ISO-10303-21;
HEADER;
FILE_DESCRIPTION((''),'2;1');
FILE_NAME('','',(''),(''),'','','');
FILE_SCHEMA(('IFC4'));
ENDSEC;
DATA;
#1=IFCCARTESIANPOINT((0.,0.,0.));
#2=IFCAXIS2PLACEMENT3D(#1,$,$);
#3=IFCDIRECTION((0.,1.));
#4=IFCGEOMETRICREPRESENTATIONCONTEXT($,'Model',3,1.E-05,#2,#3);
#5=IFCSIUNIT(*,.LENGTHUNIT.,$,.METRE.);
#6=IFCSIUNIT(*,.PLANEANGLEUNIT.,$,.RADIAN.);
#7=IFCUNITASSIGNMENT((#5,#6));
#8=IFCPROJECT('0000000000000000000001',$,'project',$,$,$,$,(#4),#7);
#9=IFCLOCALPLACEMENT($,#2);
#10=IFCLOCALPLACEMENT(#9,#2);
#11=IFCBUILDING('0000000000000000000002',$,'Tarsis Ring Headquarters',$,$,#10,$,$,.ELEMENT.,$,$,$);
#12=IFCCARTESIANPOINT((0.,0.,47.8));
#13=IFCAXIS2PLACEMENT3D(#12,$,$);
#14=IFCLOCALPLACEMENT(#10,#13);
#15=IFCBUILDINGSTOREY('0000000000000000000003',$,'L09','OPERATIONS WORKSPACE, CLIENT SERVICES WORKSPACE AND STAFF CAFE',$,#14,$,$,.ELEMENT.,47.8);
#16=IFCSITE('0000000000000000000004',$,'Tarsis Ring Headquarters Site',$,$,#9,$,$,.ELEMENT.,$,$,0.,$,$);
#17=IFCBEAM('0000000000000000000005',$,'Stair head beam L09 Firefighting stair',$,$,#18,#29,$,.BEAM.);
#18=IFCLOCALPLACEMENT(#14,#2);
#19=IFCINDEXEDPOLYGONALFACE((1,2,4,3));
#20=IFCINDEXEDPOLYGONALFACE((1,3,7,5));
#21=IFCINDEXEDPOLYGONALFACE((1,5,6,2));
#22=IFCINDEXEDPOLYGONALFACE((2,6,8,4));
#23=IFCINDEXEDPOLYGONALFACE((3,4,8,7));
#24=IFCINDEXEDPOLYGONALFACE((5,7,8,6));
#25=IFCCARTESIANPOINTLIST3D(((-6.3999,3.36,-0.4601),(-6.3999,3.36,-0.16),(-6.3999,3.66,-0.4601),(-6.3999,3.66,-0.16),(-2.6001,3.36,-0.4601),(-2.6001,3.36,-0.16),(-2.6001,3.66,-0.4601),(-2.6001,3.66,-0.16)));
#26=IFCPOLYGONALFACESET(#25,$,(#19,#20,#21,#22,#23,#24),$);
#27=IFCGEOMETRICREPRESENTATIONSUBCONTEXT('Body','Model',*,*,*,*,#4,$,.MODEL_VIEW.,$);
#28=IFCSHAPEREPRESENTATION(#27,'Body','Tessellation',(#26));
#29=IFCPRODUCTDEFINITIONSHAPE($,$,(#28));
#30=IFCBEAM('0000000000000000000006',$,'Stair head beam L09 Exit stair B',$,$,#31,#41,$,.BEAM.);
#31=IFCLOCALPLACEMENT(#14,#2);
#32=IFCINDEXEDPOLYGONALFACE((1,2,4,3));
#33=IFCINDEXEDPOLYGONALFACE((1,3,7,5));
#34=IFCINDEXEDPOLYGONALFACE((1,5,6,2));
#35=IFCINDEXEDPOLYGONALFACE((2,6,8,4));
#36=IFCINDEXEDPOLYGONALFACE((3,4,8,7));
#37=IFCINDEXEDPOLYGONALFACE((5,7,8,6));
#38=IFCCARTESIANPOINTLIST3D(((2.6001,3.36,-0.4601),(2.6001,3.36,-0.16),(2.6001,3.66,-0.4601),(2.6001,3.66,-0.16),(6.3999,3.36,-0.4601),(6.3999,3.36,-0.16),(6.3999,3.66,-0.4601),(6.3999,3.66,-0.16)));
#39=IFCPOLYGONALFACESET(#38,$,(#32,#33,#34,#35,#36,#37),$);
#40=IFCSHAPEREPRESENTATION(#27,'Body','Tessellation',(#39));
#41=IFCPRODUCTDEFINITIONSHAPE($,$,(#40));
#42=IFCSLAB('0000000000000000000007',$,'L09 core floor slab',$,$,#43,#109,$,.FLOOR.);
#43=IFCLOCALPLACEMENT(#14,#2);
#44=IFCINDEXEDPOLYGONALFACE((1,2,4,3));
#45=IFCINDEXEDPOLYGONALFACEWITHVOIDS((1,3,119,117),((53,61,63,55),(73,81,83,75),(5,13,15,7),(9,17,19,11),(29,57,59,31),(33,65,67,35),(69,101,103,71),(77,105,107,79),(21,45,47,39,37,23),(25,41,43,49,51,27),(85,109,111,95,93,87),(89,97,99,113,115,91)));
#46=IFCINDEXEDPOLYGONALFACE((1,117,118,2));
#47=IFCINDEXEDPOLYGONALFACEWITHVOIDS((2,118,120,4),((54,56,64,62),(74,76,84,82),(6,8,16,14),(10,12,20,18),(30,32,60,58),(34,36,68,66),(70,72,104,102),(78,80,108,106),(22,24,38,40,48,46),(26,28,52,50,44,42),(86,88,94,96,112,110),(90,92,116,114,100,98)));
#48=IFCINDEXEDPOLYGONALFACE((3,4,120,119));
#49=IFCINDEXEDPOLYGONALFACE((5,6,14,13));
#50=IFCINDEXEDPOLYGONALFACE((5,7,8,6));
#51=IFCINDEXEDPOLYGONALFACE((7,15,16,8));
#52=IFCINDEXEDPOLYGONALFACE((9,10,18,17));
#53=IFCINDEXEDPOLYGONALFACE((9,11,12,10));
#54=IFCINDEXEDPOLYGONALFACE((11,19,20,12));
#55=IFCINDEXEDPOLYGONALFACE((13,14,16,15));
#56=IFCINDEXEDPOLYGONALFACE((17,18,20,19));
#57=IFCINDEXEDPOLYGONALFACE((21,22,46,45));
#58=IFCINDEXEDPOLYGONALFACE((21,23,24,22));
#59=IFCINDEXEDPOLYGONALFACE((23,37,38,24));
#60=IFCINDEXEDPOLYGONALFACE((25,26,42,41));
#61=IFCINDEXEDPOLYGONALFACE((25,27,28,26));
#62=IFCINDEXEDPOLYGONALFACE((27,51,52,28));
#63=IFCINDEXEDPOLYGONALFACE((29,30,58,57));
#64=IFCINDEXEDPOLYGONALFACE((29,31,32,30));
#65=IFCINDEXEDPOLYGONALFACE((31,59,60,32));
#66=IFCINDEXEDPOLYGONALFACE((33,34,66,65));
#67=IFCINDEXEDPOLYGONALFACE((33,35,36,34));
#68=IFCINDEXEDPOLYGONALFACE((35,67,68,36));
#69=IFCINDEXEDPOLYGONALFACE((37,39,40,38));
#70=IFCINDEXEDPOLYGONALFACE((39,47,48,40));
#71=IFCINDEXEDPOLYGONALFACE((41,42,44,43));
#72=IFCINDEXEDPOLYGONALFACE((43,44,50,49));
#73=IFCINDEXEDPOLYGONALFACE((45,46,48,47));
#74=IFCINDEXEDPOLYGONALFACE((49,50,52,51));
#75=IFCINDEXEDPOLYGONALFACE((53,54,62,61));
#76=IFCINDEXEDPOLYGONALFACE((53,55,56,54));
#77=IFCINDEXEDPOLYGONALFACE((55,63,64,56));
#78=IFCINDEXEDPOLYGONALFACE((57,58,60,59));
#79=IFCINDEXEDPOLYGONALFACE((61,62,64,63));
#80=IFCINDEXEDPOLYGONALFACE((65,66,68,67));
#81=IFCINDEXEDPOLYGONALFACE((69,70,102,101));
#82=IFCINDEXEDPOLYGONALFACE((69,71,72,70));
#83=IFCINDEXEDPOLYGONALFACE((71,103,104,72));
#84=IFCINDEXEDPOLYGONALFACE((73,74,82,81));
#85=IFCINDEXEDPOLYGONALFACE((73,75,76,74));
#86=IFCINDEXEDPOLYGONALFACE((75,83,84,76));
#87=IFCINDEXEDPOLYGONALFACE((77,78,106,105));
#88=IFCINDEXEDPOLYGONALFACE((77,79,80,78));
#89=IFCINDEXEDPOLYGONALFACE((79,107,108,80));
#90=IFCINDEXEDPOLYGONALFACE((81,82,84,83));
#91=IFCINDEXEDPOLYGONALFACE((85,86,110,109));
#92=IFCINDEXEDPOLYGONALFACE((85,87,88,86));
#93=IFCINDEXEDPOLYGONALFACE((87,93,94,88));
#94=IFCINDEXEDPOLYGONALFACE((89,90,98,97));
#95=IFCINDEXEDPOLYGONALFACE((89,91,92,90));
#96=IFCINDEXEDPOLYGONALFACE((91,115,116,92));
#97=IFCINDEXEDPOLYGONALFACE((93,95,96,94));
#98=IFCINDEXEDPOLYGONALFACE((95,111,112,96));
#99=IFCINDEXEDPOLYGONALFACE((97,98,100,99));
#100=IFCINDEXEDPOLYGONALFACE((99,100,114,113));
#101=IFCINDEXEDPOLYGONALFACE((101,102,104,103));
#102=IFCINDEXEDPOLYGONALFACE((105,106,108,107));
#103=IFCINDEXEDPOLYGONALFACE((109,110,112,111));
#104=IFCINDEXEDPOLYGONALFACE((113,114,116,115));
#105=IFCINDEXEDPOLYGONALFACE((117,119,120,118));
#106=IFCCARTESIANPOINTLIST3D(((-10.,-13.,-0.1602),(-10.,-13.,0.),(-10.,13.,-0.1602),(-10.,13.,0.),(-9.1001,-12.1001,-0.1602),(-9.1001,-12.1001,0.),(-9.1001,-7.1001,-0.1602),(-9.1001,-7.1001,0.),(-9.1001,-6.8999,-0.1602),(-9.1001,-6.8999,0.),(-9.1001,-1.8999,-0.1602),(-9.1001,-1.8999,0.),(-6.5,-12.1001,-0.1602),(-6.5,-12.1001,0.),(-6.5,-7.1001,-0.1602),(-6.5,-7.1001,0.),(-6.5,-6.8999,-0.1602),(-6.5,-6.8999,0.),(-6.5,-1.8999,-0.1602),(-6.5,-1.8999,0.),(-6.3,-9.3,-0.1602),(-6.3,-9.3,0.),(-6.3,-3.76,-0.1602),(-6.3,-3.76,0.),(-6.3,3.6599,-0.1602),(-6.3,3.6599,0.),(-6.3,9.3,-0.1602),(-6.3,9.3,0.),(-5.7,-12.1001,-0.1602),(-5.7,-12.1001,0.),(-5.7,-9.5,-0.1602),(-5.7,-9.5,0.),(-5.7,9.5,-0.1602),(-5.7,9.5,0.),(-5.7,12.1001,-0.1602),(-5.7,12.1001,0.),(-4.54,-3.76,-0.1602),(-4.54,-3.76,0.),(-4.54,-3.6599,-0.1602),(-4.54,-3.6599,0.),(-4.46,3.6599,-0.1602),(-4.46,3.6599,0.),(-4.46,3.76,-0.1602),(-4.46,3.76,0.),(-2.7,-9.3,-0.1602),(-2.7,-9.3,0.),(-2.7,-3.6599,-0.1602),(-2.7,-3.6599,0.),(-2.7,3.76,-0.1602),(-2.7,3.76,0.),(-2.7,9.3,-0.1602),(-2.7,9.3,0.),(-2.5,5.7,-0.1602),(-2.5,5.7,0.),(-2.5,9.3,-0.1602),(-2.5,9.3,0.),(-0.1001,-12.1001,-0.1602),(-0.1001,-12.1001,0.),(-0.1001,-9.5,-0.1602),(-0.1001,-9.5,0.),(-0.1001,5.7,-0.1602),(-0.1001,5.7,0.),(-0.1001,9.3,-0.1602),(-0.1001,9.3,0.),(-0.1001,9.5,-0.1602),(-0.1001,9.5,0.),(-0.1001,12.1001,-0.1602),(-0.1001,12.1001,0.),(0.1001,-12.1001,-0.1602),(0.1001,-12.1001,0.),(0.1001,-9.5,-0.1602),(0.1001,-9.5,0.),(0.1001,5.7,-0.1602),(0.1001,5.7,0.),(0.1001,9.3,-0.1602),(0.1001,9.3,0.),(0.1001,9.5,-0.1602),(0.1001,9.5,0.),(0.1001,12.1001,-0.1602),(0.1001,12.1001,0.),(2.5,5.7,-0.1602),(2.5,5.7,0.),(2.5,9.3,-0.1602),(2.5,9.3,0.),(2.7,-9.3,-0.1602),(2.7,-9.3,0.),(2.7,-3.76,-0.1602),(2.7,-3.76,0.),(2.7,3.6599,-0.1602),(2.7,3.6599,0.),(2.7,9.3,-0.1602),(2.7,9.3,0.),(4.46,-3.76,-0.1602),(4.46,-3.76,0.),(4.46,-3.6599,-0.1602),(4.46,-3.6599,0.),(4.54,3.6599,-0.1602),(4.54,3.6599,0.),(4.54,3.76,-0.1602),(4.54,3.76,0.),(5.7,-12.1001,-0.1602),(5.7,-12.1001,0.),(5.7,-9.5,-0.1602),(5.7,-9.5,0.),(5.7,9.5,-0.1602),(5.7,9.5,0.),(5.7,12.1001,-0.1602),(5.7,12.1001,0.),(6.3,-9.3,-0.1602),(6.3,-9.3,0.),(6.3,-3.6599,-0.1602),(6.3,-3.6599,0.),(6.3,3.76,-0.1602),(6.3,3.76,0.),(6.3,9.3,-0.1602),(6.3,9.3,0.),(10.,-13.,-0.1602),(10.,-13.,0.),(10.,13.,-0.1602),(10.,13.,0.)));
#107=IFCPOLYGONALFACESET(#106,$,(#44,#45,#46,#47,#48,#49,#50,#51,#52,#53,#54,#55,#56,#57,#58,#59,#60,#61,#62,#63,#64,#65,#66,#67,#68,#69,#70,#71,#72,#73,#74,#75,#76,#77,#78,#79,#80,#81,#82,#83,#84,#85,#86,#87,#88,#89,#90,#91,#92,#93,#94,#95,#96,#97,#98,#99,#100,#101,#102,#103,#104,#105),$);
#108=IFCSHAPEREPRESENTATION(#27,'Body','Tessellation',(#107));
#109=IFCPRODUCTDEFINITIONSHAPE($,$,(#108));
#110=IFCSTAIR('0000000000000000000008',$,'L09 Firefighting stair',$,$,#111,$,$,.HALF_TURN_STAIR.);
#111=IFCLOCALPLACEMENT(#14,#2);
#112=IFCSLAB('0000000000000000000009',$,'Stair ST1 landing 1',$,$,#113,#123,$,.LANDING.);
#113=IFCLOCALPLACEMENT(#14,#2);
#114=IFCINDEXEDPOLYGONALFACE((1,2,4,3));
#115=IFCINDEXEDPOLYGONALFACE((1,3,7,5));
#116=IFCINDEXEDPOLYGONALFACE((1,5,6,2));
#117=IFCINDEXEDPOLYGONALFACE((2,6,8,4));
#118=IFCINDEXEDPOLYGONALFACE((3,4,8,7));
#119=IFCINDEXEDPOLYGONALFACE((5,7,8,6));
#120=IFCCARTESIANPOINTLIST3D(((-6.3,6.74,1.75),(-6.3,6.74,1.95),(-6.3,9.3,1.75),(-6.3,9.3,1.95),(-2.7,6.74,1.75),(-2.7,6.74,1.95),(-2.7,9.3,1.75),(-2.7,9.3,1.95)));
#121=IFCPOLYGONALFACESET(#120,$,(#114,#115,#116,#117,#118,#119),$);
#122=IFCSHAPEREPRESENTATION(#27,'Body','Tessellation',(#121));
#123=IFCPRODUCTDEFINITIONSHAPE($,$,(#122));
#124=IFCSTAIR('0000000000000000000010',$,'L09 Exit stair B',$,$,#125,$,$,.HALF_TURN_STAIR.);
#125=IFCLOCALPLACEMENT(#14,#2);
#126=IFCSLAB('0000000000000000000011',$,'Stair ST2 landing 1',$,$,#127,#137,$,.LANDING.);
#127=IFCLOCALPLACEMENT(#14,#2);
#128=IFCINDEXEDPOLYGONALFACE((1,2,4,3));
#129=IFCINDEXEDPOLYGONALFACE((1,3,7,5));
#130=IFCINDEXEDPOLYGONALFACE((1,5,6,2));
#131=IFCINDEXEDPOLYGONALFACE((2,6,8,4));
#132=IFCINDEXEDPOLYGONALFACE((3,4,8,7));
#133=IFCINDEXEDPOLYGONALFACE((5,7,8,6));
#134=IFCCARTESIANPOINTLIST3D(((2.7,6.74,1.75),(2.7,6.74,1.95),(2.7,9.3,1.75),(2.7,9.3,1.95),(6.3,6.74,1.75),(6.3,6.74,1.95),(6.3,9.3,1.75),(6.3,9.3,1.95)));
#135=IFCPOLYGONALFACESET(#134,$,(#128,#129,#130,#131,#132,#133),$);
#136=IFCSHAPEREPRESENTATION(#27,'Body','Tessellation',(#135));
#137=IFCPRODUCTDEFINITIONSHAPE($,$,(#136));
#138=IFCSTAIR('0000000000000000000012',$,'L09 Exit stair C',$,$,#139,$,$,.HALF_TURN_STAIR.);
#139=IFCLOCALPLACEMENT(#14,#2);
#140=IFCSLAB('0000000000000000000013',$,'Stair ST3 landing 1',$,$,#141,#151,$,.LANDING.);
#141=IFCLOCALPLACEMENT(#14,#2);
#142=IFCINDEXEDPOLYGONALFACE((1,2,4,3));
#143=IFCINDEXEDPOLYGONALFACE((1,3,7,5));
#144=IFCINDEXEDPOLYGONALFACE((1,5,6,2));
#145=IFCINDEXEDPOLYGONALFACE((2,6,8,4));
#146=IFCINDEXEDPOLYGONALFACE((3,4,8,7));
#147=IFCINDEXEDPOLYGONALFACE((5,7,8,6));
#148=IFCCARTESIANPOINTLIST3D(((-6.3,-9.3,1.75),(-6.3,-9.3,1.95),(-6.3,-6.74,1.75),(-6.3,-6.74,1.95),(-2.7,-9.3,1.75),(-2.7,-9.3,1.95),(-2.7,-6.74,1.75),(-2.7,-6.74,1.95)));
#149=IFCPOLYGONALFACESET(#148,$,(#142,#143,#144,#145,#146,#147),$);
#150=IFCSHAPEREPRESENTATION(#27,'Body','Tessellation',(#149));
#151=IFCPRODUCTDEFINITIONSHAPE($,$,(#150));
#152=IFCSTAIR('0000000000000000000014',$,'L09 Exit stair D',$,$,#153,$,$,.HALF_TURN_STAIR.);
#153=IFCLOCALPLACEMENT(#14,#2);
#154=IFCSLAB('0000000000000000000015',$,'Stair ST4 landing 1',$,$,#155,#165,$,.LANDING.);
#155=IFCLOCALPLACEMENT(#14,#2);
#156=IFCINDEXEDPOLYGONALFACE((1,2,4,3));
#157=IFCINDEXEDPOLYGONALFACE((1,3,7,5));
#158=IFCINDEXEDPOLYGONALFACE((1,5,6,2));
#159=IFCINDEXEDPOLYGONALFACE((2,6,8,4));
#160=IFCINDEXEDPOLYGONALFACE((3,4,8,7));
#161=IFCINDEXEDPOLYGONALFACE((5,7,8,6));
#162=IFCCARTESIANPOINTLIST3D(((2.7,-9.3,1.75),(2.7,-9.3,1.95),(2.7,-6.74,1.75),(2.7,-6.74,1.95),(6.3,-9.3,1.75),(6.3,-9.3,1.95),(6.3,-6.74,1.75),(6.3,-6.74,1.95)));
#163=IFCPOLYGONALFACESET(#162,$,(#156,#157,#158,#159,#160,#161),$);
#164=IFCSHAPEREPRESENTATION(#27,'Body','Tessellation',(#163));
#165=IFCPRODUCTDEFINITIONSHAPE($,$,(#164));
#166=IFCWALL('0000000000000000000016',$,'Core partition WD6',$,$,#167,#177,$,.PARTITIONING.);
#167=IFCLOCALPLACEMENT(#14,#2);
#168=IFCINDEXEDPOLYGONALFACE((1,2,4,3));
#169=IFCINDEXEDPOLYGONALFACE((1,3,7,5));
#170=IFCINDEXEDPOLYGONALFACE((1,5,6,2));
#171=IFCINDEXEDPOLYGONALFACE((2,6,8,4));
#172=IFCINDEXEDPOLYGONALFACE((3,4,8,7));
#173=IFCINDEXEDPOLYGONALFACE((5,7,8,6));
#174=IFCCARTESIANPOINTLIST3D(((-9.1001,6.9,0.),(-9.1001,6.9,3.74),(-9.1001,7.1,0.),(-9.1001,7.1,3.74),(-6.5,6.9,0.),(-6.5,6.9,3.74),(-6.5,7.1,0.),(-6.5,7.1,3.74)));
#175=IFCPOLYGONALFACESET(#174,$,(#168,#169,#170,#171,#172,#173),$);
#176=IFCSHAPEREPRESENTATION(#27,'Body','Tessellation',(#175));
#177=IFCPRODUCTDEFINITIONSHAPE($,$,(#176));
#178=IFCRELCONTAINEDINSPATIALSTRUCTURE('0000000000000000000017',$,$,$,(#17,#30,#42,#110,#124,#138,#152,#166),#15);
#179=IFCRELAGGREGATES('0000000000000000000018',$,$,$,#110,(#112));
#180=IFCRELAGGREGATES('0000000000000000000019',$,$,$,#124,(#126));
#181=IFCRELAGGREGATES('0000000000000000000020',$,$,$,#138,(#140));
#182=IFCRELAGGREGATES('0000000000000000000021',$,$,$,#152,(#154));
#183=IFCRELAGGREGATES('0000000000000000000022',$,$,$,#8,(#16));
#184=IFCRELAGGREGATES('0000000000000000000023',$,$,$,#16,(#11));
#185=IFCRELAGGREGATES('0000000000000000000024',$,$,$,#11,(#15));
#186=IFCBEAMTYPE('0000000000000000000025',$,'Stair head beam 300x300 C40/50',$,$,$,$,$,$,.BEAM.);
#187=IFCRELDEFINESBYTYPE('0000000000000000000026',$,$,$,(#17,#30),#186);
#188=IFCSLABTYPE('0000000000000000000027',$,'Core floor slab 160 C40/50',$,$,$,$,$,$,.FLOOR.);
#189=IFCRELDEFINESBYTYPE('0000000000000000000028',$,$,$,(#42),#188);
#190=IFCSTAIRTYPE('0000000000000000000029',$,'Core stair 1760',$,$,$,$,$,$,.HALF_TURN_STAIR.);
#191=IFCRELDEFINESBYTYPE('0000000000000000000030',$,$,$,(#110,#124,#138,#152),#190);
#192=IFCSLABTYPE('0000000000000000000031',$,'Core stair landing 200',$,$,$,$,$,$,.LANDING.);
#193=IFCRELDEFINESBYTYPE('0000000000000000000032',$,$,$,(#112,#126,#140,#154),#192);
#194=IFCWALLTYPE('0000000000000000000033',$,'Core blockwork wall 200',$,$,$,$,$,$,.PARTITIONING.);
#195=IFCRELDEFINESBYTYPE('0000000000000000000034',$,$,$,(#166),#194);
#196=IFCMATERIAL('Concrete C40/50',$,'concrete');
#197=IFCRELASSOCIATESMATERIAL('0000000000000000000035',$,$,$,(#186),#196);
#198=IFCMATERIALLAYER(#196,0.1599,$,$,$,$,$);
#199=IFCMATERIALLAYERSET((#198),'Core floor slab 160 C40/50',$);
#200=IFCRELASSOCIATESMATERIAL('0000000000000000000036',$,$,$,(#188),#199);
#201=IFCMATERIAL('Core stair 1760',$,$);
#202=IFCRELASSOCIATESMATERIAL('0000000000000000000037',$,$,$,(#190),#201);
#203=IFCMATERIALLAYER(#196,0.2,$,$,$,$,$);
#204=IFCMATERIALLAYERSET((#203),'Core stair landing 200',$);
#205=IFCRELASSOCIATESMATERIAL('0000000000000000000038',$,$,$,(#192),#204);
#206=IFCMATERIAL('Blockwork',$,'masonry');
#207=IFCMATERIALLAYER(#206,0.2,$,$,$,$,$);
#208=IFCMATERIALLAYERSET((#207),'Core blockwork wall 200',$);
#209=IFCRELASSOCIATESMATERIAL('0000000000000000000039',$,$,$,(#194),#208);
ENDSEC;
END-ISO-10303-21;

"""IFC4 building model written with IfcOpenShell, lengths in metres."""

from ifc_helpers import new_model, si_unit, direction, frame, frame_2d, origin, origin_2d, place, context, subcontext, project, spatial, polyline, rectangle, outline, extrude, material, layer, layer_set, material_profile, profile_set, type_object, element, aggregate, save


model = new_model("IFC4")

# Units and contexts
model_context = context("Model", 3, precision=1e-05, world=origin(), true_north=direction((0.0, 1.0)))
body_context = subcontext(model_context, "Body", "Model", "MODEL_VIEW")
ifc_project = project(units=[si_unit("LENGTHUNIT", "METRE"), si_unit("PLANEANGLEUNIT", "RADIAN")], contexts=[model_context])

# Site, building, storey
site_placement = place(None, origin())
site = spatial("IfcSite", under=ifc_project, at=site_placement, Name="Tarsis Ring Headquarters Site", CompositionType="ELEMENT", RefElevation=0.0)
building_placement = place(site_placement, origin())
building = spatial("IfcBuilding", under=site, at=building_placement, Name="Tarsis Ring Headquarters", CompositionType="ELEMENT")
storey_placement = place(building_placement, frame((0.0, 0.0, 47.8)))
storey = spatial("IfcBuildingStorey", under=building, at=storey_placement, Name="L09", Description="OPERATIONS WORKSPACE, CLIENT SERVICES WORKSPACE AND STAFF CAFE", CompositionType="ELEMENT", Elevation=47.8)

# Beams
ifc_material_1 = material(Name="Concrete C40/50", Category="concrete")
ifc_material_profile = material_profile(ifc_material_1, rectangle(XDim=0.3, YDim=0.3, at=origin_2d()), Name="Stair head beam 300x300 C40/50")
ifc_profile_set = profile_set([ifc_material_profile], Name="Concrete C40/50")
beam_type = type_object("IfcBeamType", Name="Stair head beam 300x300 C40/50", PredefinedType="BEAM", material=ifc_profile_set)
for number, where, z_axis, x_axis, name in (
    (1, (-6.3999, 3.51, -0.3101), (1.0, 0.0, 0.0), (0.0, 1.0, 0.0), "Stair head beam L09 Firefighting stair"),
    (2, (2.6001, 3.51, -0.3101), (1.0, 0.0, 0.0), (0.0, 1.0, 0.0), "Stair head beam L09 Exit stair B"),
):
    element("IfcBeam", number, at=place(storey_placement, frame(where, z_axis=z_axis, x_axis=x_axis)), inside=storey, type_object=beam_type, Name=name, PredefinedType="BEAM", context=body_context, shape_type="SweptSolid", body=[
        extrude(rectangle(XDim=0.3, YDim=0.3, at=origin_2d()), origin(), (0.0, 0.0, 1.0), 3.7998),
    ])

# Slab
ifc_layer_1 = layer(ifc_material_1, 0.1599)
ifc_layer_set_1 = layer_set([ifc_layer_1], Name="Core floor slab 160 C40/50")
slab_type_1 = type_object("IfcSlabType", Name="Core floor slab 160 C40/50", PredefinedType="FLOOR", material=ifc_layer_set_1)
slab_1_placement = place(storey_placement, frame((0.0, 0.0, -0.1602)))
element("IfcSlab", 3, at=slab_1_placement, inside=storey, type_object=slab_type_1, Name="L09 core floor slab", PredefinedType="FLOOR", context=body_context, shape_type="SweptSolid", body=[
    extrude(outline(polyline([(-10.0, -13.0), (10.0, -13.0), (10.0, 13.0), (-10.0, 13.0), (-10.0, -13.0)]), holes=[polyline([(-2.5, 5.7), (-0.1001, 5.7), (-0.1001, 9.3), (-2.5, 9.3), (-2.5, 5.7)]), polyline([(0.1001, 5.7), (2.5, 5.7), (2.5, 9.3), (0.1001, 9.3), (0.1001, 5.7)]), polyline([(-9.1001, -12.1001), (-6.5, -12.1001), (-6.5, -7.1001), (-9.1001, -7.1001), (-9.1001, -12.1001)]), polyline([(-9.1001, -6.8999), (-6.5, -6.8999), (-6.5, -1.8999), (-9.1001, -1.8999), (-9.1001, -6.8999)]), polyline([(-5.7, 9.5), (-0.1001, 9.5), (-0.1001, 12.1001), (-5.7, 12.1001), (-5.7, 9.5)]), polyline([(0.1001, 9.5), (5.7, 9.5), (5.7, 12.1001), (0.1001, 12.1001), (0.1001, 9.5)]), polyline([(-5.7, -12.1001), (-0.1001, -12.1001), (-0.1001, -9.5), (-5.7, -9.5), (-5.7, -12.1001)]), polyline([(0.1001, -12.1001), (5.7, -12.1001), (5.7, -9.5), (0.1001, -9.5), (0.1001, -12.1001)]), polyline([(-2.7, 3.76), (-2.7, 9.3), (-6.3, 9.3), (-6.3, 3.6599), (-4.46, 3.6599), (-4.46, 3.76), (-2.7, 3.76)]), polyline([(6.3, 3.76), (6.3, 9.3), (2.7, 9.3), (2.7, 3.6599), (4.54, 3.6599), (4.54, 3.76), (6.3, 3.76)]), polyline([(-6.3, -3.76), (-6.3, -9.3), (-2.7, -9.3), (-2.7, -3.6599), (-4.54, -3.6599), (-4.54, -3.76), (-6.3, -3.76)]), polyline([(2.7, -3.76), (2.7, -9.3), (6.3, -9.3), (6.3, -3.6599), (4.46, -3.6599), (4.46, -3.76), (2.7, -3.76)])]), origin(), (0.0, 0.0, 1.0), 0.1602),
])

# Stairs, slabs
ifc_material_2 = material(Name="Core stair 1760")
stair_type = type_object("IfcStairType", Name="Core stair 1760", PredefinedType="HALF_TURN_STAIR", material=ifc_material_2)
stair_1_placement = place(storey_placement, origin())
stair_1 = element("IfcStair", 4, at=stair_1_placement, inside=storey, type_object=stair_type, Name="L09 Firefighting stair", PredefinedType="HALF_TURN_STAIR")
ifc_layer_2 = layer(ifc_material_1, 0.2)
ifc_layer_set_2 = layer_set([ifc_layer_2], Name="Core stair landing 200")
slab_type_2 = type_object("IfcSlabType", Name="Core stair landing 200", PredefinedType="LANDING", material=ifc_layer_set_2)
slab_2_placement = place(storey_placement, frame((0.0, 0.0, 1.75)))
slab_2 = element("IfcSlab", 5, at=slab_2_placement, type_object=slab_type_2, Name="Stair ST1 landing 1", PredefinedType="LANDING", context=body_context, shape_type="SweptSolid", body=[
    extrude(outline(polyline([(-2.7, 6.74), (-2.7, 9.3), (-6.3, 9.3), (-6.3, 6.74), (-2.7, 6.74)])), origin(), (0.0, 0.0, 1.0), 0.2),
])
aggregate(stair_1, [slab_2])
stair_2_placement = place(storey_placement, origin())
stair_2 = element("IfcStair", 6, at=stair_2_placement, inside=storey, type_object=stair_type, Name="L09 Exit stair B", PredefinedType="HALF_TURN_STAIR")
slab_3_placement = place(storey_placement, frame((0.0, 0.0, 1.75)))
slab_3 = element("IfcSlab", 7, at=slab_3_placement, type_object=slab_type_2, Name="Stair ST2 landing 1", PredefinedType="LANDING", context=body_context, shape_type="SweptSolid", body=[
    extrude(outline(polyline([(6.3, 6.74), (6.3, 9.3), (2.7, 9.3), (2.7, 6.74), (6.3, 6.74)])), origin(), (0.0, 0.0, 1.0), 0.2),
])
aggregate(stair_2, [slab_3])
stair_3_placement = place(storey_placement, origin())
stair_3 = element("IfcStair", 8, at=stair_3_placement, inside=storey, type_object=stair_type, Name="L09 Exit stair C", PredefinedType="HALF_TURN_STAIR")
slab_4_placement = place(storey_placement, frame((0.0, 0.0, 1.75)))
slab_4 = element("IfcSlab", 9, at=slab_4_placement, type_object=slab_type_2, Name="Stair ST3 landing 1", PredefinedType="LANDING", context=body_context, shape_type="SweptSolid", body=[
    extrude(outline(polyline([(-6.3, -6.74), (-6.3, -9.3), (-2.7, -9.3), (-2.7, -6.74), (-6.3, -6.74)])), origin(), (0.0, 0.0, 1.0), 0.2),
])
aggregate(stair_3, [slab_4])
stair_4_placement = place(storey_placement, origin())
stair_4 = element("IfcStair", 10, at=stair_4_placement, inside=storey, type_object=stair_type, Name="L09 Exit stair D", PredefinedType="HALF_TURN_STAIR")
slab_5_placement = place(storey_placement, frame((0.0, 0.0, 1.75)))
slab_5 = element("IfcSlab", 11, at=slab_5_placement, type_object=slab_type_2, Name="Stair ST4 landing 1", PredefinedType="LANDING", context=body_context, shape_type="SweptSolid", body=[
    extrude(outline(polyline([(2.7, -6.74), (2.7, -9.3), (6.3, -9.3), (6.3, -6.74), (2.7, -6.74)])), origin(), (0.0, 0.0, 1.0), 0.2),
])
aggregate(stair_4, [slab_5])

# Wall
ifc_material_3 = material(Name="Blockwork", Category="masonry")
ifc_layer_3 = layer(ifc_material_3, 0.2)
ifc_layer_set_3 = layer_set([ifc_layer_3], Name="Core blockwork wall 200")
wall_type_1 = type_object("IfcWallType", Name="Core blockwork wall 200", PredefinedType="PARTITIONING", material=ifc_layer_set_3)
wall_1_placement = place(storey_placement, frame((-9.1001, 7.0, 0.0), z_axis=(0.0, 0.0, 1.0), x_axis=(1.0, 0.0, 0.0)))
element("IfcWall", 12, at=wall_1_placement, inside=storey, type_object=wall_type_1, Name="Core partition WD6", PredefinedType="PARTITIONING", context=body_context, shape_type="SweptSolid", body=[
    extrude(rectangle(XDim=2.6001, YDim=0.2, at=frame_2d((1.3, 0.0))), origin(), (0.0, 0.0, 1.0), 3.74),
])

save(model, "model.ifc")
